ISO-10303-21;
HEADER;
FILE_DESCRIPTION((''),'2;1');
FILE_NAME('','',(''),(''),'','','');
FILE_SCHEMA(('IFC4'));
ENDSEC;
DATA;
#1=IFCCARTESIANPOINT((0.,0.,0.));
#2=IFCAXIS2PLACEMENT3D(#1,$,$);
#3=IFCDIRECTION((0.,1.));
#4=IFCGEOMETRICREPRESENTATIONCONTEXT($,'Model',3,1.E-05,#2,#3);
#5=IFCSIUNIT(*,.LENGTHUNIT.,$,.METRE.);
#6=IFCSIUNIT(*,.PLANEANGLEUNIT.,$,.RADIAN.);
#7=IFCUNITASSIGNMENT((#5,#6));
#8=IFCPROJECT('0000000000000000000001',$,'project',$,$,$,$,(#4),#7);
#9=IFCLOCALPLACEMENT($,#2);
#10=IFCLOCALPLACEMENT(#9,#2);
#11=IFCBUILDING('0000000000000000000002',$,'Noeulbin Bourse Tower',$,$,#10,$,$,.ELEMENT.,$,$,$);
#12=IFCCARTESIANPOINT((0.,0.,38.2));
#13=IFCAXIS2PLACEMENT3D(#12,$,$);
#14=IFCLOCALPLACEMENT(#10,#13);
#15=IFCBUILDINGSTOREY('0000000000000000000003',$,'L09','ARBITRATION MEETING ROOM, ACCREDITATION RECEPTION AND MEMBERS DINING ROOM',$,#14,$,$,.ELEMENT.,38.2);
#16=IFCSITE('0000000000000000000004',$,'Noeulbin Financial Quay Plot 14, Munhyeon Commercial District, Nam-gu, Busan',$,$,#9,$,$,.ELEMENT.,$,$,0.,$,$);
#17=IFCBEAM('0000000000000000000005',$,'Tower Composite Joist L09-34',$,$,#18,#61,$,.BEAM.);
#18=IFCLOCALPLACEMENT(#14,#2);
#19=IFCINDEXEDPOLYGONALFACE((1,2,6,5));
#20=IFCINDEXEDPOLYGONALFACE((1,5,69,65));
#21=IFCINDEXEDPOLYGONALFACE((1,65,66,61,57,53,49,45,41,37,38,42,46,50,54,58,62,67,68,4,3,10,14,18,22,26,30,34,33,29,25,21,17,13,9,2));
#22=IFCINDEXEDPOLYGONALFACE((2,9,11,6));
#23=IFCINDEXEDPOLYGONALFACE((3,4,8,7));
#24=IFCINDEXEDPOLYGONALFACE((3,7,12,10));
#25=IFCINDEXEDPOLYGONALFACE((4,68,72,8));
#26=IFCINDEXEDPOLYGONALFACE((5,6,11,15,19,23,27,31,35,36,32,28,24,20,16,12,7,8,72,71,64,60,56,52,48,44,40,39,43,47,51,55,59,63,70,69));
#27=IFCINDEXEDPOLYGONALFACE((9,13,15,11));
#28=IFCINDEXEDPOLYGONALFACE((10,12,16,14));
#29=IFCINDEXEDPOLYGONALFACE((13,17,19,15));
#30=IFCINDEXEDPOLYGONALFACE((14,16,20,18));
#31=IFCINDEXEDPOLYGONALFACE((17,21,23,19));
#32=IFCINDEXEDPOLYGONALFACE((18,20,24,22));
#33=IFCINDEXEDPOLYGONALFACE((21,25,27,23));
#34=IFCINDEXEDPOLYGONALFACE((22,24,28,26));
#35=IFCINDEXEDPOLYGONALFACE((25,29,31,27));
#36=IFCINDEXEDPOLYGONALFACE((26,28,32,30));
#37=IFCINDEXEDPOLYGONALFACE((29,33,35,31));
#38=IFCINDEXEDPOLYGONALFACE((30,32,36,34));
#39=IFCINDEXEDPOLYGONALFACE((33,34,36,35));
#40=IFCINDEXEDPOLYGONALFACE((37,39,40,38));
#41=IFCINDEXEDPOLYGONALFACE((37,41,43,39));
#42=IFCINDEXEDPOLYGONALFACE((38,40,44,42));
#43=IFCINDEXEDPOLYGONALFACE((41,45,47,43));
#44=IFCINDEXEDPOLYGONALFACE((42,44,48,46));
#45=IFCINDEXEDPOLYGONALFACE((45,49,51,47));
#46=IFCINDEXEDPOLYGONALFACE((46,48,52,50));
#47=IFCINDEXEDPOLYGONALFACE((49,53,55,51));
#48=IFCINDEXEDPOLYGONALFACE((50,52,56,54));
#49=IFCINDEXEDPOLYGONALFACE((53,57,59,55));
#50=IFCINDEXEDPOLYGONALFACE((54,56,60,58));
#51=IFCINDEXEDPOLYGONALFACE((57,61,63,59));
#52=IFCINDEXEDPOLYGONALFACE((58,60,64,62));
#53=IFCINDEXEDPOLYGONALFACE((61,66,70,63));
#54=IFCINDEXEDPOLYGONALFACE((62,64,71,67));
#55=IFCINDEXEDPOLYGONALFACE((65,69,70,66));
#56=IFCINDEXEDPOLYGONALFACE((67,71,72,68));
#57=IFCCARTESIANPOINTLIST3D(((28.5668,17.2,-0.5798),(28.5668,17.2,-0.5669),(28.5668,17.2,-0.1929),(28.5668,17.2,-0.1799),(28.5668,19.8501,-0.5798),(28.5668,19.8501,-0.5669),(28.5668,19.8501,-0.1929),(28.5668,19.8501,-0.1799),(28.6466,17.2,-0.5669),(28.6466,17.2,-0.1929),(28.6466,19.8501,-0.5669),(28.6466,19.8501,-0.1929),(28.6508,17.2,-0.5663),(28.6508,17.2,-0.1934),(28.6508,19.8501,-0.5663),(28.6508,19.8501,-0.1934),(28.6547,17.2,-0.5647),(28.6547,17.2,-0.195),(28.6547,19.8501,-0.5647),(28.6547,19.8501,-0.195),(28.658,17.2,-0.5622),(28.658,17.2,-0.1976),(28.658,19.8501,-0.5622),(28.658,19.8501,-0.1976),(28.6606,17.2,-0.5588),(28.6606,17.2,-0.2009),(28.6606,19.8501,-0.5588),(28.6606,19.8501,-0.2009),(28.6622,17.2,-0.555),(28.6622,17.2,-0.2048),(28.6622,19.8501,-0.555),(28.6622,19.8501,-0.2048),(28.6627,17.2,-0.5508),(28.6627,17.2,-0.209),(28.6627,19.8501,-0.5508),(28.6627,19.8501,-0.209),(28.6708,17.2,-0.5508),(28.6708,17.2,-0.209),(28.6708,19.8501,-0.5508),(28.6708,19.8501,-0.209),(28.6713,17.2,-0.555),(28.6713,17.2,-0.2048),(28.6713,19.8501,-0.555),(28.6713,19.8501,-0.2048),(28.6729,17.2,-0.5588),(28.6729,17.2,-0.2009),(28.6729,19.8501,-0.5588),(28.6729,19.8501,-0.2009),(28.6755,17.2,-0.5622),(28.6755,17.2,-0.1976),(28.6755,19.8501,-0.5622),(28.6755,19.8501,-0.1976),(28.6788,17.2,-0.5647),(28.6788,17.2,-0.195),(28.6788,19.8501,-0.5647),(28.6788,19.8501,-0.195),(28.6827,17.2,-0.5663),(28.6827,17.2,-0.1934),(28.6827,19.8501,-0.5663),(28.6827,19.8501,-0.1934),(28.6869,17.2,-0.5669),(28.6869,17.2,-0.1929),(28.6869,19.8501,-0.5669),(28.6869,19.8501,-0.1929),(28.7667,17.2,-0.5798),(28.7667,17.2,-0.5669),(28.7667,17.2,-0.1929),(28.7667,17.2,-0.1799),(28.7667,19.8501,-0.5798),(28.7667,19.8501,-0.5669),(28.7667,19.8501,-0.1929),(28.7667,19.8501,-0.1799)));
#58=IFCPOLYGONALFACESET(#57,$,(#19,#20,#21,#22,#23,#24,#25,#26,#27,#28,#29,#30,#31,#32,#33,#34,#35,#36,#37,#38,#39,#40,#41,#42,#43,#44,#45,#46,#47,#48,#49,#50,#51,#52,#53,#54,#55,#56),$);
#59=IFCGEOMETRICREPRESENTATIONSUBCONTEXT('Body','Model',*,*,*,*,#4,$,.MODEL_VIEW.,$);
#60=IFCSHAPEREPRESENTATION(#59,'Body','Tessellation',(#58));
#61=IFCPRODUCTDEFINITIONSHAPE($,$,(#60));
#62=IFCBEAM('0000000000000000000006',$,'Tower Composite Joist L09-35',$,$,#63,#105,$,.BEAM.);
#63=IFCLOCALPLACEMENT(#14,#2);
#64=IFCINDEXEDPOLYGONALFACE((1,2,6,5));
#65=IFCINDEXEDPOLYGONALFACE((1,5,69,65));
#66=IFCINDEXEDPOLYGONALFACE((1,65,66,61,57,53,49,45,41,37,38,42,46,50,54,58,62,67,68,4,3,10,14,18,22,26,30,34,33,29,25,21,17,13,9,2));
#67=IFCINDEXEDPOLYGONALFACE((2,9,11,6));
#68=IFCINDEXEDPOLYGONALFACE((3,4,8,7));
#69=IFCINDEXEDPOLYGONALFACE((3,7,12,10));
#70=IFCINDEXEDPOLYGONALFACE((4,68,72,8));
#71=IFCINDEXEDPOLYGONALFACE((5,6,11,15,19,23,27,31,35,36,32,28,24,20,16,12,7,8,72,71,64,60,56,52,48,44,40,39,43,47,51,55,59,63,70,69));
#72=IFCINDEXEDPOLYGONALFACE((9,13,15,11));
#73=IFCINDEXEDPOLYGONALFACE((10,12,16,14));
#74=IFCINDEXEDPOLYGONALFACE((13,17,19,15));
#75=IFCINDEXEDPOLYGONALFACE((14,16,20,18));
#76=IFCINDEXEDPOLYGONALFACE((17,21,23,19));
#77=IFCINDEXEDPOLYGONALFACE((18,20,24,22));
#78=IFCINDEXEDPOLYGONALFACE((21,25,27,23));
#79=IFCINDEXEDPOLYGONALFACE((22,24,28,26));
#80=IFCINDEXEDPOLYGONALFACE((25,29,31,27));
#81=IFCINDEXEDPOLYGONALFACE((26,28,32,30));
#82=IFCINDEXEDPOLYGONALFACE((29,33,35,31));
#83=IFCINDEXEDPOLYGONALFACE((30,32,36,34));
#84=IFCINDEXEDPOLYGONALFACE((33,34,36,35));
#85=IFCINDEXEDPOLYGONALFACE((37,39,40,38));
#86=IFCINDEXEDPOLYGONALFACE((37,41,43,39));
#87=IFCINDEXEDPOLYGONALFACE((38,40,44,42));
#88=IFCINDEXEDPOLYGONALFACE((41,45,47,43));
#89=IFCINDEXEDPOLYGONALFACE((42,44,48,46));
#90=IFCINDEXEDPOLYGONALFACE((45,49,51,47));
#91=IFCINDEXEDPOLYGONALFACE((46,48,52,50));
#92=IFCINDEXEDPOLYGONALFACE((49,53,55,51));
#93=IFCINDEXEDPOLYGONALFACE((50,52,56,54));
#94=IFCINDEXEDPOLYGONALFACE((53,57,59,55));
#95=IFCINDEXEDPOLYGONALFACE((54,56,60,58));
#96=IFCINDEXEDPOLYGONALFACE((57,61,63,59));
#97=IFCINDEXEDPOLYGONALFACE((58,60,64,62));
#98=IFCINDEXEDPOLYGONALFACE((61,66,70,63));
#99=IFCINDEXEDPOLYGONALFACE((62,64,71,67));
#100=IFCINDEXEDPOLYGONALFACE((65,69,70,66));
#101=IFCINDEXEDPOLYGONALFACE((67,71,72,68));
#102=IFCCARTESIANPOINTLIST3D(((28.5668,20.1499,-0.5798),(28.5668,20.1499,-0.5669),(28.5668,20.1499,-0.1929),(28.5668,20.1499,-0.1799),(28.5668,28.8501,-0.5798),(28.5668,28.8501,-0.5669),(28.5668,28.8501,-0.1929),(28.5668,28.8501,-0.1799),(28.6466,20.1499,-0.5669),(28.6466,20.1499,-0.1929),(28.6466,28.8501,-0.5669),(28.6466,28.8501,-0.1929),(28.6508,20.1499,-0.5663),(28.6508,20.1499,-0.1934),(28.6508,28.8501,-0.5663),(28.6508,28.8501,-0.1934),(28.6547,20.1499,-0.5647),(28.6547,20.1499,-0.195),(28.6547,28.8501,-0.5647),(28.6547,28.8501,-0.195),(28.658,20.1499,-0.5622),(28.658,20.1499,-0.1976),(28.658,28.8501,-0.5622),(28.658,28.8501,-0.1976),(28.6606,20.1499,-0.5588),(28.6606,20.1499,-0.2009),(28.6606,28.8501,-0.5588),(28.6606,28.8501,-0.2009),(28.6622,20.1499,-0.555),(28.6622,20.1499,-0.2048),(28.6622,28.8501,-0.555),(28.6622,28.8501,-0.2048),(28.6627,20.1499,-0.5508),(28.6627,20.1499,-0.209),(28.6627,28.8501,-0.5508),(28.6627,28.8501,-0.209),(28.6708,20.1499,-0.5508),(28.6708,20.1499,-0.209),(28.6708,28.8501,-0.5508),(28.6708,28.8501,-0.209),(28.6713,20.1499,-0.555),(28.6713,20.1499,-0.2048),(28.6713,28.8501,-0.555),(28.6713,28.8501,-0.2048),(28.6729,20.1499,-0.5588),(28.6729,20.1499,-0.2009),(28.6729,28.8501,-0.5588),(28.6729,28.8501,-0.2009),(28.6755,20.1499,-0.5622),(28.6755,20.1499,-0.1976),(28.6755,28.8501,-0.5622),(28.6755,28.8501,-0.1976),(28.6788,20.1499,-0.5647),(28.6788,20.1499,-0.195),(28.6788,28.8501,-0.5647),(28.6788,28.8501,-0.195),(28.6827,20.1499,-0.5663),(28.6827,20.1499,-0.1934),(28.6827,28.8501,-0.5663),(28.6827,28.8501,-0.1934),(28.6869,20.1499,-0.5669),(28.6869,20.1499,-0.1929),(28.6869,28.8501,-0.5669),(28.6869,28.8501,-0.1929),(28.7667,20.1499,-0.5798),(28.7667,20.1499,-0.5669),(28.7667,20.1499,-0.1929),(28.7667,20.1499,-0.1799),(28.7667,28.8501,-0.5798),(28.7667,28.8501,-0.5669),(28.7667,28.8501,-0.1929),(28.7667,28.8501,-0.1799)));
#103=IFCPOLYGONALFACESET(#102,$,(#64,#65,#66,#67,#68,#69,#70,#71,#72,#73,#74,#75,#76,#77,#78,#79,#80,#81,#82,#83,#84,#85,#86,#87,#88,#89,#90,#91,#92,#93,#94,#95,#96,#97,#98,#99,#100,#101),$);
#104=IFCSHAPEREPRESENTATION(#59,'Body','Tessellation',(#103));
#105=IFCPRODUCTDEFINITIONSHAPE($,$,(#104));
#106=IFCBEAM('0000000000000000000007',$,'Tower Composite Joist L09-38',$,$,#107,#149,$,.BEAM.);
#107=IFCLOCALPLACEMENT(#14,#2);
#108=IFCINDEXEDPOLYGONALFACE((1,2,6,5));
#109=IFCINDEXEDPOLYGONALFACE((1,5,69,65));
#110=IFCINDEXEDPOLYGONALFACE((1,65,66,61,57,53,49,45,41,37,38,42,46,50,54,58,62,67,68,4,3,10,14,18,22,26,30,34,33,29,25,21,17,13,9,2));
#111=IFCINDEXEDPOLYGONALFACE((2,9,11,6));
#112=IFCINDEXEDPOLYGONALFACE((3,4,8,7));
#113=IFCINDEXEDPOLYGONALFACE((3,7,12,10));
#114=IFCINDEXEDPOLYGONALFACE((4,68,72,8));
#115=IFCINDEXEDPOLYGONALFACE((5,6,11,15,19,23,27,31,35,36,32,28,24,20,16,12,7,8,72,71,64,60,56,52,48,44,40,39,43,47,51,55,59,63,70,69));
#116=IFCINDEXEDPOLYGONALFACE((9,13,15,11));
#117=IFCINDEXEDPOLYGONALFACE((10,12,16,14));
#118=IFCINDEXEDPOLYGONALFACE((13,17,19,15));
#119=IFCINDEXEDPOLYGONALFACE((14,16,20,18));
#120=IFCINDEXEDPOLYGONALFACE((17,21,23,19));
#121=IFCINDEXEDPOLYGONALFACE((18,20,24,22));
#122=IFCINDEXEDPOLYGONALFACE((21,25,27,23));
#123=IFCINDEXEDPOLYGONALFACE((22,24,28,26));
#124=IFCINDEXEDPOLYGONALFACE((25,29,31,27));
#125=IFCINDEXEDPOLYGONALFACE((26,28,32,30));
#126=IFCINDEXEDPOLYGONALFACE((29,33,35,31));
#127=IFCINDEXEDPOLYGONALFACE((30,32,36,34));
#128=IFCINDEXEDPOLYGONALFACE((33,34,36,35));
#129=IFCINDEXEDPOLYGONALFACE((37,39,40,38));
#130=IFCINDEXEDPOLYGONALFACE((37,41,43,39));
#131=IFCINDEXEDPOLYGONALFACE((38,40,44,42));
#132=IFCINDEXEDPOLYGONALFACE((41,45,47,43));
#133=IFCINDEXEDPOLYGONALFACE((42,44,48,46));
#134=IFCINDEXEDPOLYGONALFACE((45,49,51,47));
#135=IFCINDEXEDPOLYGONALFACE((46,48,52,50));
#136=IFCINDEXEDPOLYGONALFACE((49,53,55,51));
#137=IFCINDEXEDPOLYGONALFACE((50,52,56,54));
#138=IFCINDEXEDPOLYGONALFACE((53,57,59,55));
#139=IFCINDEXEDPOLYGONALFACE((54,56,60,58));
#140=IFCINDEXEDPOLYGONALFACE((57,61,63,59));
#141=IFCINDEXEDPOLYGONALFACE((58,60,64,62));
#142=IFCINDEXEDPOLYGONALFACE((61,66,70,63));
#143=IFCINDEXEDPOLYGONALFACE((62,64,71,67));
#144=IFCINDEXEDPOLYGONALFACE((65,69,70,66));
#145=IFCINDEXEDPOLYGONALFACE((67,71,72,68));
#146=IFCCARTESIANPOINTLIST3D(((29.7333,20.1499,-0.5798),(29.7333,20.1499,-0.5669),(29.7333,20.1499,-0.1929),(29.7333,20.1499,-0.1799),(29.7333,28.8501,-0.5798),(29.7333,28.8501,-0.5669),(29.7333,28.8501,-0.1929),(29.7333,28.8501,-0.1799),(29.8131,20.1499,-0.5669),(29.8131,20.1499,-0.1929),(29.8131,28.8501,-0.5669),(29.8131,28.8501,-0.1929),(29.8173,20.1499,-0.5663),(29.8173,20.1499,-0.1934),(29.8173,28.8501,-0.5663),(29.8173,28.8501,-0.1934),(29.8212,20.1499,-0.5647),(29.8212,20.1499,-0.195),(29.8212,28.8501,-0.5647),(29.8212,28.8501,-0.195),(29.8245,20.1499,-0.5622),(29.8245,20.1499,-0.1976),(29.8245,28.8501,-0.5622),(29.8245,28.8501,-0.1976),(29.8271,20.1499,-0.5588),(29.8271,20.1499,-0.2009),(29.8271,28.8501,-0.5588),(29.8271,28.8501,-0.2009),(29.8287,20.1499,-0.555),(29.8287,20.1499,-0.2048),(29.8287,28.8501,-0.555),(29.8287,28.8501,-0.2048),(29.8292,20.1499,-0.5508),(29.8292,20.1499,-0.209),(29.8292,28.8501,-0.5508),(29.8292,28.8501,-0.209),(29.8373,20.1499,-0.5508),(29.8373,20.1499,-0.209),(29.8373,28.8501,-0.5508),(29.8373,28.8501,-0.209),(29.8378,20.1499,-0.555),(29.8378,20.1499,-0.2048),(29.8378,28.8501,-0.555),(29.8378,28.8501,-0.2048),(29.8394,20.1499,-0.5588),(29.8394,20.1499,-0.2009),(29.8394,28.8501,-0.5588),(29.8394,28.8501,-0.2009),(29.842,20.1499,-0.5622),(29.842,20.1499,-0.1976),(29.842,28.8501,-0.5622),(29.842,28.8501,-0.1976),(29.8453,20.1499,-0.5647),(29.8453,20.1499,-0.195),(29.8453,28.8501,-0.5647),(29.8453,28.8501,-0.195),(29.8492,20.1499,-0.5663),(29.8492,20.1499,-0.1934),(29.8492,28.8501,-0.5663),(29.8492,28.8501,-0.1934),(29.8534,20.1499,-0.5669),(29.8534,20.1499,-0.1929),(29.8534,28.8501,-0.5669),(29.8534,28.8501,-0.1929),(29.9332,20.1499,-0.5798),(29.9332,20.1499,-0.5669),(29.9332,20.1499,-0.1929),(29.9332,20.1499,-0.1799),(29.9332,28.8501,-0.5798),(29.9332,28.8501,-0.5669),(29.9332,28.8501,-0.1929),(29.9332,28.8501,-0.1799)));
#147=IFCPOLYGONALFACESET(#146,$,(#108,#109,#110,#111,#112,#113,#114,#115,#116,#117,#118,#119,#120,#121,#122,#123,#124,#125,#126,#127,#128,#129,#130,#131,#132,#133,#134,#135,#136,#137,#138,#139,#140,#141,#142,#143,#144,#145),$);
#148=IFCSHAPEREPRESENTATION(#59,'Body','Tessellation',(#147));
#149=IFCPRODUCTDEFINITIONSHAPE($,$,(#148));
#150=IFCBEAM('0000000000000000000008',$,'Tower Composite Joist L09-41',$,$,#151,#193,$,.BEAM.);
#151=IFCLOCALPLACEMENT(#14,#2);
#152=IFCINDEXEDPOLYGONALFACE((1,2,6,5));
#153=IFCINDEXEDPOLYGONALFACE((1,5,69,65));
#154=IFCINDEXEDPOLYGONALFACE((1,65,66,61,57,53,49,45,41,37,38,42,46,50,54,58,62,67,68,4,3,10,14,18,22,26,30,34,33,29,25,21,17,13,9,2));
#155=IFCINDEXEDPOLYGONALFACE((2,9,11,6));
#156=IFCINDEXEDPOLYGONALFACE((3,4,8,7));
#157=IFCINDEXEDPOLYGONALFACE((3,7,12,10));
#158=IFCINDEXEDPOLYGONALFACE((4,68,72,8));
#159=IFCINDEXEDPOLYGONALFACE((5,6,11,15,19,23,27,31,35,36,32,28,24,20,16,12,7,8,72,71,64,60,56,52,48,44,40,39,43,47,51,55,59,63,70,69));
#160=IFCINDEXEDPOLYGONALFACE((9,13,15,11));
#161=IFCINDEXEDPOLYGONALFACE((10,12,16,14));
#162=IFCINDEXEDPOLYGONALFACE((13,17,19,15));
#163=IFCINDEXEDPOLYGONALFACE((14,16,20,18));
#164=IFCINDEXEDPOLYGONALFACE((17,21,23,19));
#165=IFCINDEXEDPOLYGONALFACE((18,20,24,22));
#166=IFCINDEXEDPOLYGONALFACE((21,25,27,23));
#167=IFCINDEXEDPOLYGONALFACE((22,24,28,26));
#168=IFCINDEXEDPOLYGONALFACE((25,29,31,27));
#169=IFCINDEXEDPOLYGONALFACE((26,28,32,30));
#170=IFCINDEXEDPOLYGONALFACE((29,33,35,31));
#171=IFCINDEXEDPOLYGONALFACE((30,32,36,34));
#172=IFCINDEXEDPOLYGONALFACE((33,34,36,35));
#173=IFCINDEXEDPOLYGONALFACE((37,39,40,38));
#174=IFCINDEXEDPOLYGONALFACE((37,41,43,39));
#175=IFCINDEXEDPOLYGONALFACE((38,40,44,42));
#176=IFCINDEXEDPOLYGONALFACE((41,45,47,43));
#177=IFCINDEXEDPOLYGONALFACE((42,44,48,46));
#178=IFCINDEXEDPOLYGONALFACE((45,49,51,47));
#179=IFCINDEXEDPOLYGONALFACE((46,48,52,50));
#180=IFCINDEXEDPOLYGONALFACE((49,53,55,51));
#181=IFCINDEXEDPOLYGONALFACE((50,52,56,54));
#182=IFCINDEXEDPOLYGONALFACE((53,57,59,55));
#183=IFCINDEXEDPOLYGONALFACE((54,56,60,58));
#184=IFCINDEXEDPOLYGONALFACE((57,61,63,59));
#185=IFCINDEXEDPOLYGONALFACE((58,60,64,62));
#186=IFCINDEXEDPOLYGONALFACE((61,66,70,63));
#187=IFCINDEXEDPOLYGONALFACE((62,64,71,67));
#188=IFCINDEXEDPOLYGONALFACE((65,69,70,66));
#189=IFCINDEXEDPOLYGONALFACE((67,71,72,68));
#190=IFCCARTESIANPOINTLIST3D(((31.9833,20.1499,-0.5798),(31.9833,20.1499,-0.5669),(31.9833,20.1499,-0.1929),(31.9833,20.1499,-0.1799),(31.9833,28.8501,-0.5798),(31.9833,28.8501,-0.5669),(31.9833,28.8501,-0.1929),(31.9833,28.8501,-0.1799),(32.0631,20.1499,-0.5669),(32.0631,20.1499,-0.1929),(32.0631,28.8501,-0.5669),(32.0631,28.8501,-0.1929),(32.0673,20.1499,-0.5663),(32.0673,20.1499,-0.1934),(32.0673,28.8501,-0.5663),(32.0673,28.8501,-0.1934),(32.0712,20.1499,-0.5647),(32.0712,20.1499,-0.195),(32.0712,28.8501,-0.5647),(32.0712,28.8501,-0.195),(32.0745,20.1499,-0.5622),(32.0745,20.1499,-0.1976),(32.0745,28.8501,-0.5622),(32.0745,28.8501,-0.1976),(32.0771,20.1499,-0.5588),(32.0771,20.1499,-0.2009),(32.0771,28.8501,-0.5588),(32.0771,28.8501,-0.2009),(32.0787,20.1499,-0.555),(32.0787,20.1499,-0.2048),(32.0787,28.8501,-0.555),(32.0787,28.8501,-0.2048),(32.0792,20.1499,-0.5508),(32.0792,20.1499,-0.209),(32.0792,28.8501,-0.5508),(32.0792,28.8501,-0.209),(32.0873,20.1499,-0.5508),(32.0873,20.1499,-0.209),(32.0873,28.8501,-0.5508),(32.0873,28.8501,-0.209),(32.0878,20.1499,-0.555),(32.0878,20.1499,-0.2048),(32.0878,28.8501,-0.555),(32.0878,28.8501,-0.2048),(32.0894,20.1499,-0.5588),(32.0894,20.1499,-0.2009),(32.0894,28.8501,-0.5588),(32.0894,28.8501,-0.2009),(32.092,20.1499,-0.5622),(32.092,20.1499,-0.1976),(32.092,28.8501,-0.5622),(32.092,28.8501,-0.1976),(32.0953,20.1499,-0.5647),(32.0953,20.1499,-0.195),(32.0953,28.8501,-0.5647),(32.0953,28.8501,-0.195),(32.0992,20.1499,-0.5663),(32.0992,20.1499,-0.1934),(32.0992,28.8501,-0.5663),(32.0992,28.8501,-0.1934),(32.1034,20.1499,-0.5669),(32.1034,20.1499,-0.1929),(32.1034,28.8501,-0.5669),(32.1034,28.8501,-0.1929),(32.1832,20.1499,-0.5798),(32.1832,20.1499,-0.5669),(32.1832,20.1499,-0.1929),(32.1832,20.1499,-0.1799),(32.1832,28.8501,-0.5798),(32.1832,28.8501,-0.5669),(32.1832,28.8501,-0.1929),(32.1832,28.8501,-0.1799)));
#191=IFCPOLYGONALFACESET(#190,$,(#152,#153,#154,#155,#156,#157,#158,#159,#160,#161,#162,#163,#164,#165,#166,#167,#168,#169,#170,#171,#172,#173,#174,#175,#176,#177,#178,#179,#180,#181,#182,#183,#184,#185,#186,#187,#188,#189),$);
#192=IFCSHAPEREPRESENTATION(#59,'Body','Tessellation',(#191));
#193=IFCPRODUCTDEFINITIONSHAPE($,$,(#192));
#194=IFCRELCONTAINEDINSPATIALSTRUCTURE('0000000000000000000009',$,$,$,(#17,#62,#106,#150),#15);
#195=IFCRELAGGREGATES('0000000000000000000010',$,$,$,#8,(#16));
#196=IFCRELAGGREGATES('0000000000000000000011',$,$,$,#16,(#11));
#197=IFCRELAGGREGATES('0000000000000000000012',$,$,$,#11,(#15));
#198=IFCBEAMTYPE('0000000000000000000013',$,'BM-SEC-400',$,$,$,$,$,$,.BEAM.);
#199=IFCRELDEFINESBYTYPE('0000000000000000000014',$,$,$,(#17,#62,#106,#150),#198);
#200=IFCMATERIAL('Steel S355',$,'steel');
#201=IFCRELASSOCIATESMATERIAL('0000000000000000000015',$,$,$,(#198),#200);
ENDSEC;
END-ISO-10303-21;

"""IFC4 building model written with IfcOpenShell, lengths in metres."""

from ifc_helpers import new_model, si_unit, direction, frame, origin, origin_2d, place, context, subcontext, project, spatial, i_section, extrude, material, material_profile, profile_set, type_object, element, save


model = new_model("IFC4")

# Units and contexts
model_context = context("Model", 3, precision=1e-05, world=origin(), true_north=direction((0.0, 1.0)))
body_context = subcontext(model_context, "Body", "Model", "MODEL_VIEW")
ifc_project = project(units=[si_unit("LENGTHUNIT", "METRE"), si_unit("PLANEANGLEUNIT", "RADIAN")], contexts=[model_context])

# Site, building, storey
site_placement = place(None, origin())
site = spatial("IfcSite", under=ifc_project, at=site_placement, Name="Noeulbin Financial Quay Plot 14, Munhyeon Commercial District, Nam-gu, Busan", CompositionType="ELEMENT", RefElevation=0.0)
building_placement = place(site_placement, origin())
building = spatial("IfcBuilding", under=site, at=building_placement, Name="Noeulbin Bourse Tower", CompositionType="ELEMENT")
storey_placement = place(building_placement, frame((0.0, 0.0, 38.2)))
storey = spatial("IfcBuildingStorey", under=building, at=storey_placement, Name="L09", Description="ARBITRATION MEETING ROOM, ACCREDITATION RECEPTION AND MEMBERS DINING ROOM", CompositionType="ELEMENT", Elevation=38.2)

# Beams
ifc_material_1 = material(Name="Steel S355", Category="steel")
ifc_material_profile_1 = material_profile(ifc_material_1, i_section(OverallWidth=0.2, OverallDepth=0.3999, WebThickness=0.0081, FlangeThickness=0.0129, FilletRadius=0.0161, at=origin_2d()), Name="H-400x200x8x13", Category="LoadBearing")
ifc_profile_set_1 = profile_set([ifc_material_profile_1], Name="Steel S355")
beam_type_1 = type_object("IfcBeamType", Name="BM-SEC-400", PredefinedType="BEAM", material=ifc_profile_set_1)
beam_1_placement = place(storey_placement, frame((28.6667, 17.2, -0.3799), z_axis=(0.0, 1.0, 0.0), x_axis=(-1.0, 0.0, 0.0)))
element("IfcBeam", 1, at=beam_1_placement, inside=storey, type_object=beam_type_1, Name="Tower Composite Joist L09-34", PredefinedType="BEAM", context=body_context, shape_type="SweptSolid", body=[
    extrude(i_section(OverallWidth=0.2, OverallDepth=0.3999, WebThickness=0.0081, FlangeThickness=0.0129, FilletRadius=0.0161, at=origin_2d()), origin(), (0.0, 0.0, 1.0), 2.6501),
])
for number, where, z_axis, x_axis, name in (
    (2, (28.6667, 20.1499, -0.3799), (0.0, 1.0, 0.0), (-1.0, 0.0, 0.0), "Tower Composite Joist L09-35"),
    (3, (29.8333, 20.1499, -0.3799), (0.0, 1.0, 0.0), (-1.0, 0.0, 0.0), "Tower Composite Joist L09-38"),
    (4, (32.0833, 20.1499, -0.3799), (0.0, 1.0, 0.0), (-1.0, 0.0, 0.0), "Tower Composite Joist L09-41"),
):
    element("IfcBeam", number, at=place(storey_placement, frame(where, z_axis=z_axis, x_axis=x_axis)), inside=storey, type_object=beam_type_1, Name=name, PredefinedType="BEAM", context=body_context, shape_type="SweptSolid", body=[
        extrude(i_section(OverallWidth=0.2, OverallDepth=0.3999, WebThickness=0.0081, FlangeThickness=0.0129, FilletRadius=0.0161, at=origin_2d()), origin(), (0.0, 0.0, 1.0), 8.7002),
    ])

save(model, "model.ifc")
